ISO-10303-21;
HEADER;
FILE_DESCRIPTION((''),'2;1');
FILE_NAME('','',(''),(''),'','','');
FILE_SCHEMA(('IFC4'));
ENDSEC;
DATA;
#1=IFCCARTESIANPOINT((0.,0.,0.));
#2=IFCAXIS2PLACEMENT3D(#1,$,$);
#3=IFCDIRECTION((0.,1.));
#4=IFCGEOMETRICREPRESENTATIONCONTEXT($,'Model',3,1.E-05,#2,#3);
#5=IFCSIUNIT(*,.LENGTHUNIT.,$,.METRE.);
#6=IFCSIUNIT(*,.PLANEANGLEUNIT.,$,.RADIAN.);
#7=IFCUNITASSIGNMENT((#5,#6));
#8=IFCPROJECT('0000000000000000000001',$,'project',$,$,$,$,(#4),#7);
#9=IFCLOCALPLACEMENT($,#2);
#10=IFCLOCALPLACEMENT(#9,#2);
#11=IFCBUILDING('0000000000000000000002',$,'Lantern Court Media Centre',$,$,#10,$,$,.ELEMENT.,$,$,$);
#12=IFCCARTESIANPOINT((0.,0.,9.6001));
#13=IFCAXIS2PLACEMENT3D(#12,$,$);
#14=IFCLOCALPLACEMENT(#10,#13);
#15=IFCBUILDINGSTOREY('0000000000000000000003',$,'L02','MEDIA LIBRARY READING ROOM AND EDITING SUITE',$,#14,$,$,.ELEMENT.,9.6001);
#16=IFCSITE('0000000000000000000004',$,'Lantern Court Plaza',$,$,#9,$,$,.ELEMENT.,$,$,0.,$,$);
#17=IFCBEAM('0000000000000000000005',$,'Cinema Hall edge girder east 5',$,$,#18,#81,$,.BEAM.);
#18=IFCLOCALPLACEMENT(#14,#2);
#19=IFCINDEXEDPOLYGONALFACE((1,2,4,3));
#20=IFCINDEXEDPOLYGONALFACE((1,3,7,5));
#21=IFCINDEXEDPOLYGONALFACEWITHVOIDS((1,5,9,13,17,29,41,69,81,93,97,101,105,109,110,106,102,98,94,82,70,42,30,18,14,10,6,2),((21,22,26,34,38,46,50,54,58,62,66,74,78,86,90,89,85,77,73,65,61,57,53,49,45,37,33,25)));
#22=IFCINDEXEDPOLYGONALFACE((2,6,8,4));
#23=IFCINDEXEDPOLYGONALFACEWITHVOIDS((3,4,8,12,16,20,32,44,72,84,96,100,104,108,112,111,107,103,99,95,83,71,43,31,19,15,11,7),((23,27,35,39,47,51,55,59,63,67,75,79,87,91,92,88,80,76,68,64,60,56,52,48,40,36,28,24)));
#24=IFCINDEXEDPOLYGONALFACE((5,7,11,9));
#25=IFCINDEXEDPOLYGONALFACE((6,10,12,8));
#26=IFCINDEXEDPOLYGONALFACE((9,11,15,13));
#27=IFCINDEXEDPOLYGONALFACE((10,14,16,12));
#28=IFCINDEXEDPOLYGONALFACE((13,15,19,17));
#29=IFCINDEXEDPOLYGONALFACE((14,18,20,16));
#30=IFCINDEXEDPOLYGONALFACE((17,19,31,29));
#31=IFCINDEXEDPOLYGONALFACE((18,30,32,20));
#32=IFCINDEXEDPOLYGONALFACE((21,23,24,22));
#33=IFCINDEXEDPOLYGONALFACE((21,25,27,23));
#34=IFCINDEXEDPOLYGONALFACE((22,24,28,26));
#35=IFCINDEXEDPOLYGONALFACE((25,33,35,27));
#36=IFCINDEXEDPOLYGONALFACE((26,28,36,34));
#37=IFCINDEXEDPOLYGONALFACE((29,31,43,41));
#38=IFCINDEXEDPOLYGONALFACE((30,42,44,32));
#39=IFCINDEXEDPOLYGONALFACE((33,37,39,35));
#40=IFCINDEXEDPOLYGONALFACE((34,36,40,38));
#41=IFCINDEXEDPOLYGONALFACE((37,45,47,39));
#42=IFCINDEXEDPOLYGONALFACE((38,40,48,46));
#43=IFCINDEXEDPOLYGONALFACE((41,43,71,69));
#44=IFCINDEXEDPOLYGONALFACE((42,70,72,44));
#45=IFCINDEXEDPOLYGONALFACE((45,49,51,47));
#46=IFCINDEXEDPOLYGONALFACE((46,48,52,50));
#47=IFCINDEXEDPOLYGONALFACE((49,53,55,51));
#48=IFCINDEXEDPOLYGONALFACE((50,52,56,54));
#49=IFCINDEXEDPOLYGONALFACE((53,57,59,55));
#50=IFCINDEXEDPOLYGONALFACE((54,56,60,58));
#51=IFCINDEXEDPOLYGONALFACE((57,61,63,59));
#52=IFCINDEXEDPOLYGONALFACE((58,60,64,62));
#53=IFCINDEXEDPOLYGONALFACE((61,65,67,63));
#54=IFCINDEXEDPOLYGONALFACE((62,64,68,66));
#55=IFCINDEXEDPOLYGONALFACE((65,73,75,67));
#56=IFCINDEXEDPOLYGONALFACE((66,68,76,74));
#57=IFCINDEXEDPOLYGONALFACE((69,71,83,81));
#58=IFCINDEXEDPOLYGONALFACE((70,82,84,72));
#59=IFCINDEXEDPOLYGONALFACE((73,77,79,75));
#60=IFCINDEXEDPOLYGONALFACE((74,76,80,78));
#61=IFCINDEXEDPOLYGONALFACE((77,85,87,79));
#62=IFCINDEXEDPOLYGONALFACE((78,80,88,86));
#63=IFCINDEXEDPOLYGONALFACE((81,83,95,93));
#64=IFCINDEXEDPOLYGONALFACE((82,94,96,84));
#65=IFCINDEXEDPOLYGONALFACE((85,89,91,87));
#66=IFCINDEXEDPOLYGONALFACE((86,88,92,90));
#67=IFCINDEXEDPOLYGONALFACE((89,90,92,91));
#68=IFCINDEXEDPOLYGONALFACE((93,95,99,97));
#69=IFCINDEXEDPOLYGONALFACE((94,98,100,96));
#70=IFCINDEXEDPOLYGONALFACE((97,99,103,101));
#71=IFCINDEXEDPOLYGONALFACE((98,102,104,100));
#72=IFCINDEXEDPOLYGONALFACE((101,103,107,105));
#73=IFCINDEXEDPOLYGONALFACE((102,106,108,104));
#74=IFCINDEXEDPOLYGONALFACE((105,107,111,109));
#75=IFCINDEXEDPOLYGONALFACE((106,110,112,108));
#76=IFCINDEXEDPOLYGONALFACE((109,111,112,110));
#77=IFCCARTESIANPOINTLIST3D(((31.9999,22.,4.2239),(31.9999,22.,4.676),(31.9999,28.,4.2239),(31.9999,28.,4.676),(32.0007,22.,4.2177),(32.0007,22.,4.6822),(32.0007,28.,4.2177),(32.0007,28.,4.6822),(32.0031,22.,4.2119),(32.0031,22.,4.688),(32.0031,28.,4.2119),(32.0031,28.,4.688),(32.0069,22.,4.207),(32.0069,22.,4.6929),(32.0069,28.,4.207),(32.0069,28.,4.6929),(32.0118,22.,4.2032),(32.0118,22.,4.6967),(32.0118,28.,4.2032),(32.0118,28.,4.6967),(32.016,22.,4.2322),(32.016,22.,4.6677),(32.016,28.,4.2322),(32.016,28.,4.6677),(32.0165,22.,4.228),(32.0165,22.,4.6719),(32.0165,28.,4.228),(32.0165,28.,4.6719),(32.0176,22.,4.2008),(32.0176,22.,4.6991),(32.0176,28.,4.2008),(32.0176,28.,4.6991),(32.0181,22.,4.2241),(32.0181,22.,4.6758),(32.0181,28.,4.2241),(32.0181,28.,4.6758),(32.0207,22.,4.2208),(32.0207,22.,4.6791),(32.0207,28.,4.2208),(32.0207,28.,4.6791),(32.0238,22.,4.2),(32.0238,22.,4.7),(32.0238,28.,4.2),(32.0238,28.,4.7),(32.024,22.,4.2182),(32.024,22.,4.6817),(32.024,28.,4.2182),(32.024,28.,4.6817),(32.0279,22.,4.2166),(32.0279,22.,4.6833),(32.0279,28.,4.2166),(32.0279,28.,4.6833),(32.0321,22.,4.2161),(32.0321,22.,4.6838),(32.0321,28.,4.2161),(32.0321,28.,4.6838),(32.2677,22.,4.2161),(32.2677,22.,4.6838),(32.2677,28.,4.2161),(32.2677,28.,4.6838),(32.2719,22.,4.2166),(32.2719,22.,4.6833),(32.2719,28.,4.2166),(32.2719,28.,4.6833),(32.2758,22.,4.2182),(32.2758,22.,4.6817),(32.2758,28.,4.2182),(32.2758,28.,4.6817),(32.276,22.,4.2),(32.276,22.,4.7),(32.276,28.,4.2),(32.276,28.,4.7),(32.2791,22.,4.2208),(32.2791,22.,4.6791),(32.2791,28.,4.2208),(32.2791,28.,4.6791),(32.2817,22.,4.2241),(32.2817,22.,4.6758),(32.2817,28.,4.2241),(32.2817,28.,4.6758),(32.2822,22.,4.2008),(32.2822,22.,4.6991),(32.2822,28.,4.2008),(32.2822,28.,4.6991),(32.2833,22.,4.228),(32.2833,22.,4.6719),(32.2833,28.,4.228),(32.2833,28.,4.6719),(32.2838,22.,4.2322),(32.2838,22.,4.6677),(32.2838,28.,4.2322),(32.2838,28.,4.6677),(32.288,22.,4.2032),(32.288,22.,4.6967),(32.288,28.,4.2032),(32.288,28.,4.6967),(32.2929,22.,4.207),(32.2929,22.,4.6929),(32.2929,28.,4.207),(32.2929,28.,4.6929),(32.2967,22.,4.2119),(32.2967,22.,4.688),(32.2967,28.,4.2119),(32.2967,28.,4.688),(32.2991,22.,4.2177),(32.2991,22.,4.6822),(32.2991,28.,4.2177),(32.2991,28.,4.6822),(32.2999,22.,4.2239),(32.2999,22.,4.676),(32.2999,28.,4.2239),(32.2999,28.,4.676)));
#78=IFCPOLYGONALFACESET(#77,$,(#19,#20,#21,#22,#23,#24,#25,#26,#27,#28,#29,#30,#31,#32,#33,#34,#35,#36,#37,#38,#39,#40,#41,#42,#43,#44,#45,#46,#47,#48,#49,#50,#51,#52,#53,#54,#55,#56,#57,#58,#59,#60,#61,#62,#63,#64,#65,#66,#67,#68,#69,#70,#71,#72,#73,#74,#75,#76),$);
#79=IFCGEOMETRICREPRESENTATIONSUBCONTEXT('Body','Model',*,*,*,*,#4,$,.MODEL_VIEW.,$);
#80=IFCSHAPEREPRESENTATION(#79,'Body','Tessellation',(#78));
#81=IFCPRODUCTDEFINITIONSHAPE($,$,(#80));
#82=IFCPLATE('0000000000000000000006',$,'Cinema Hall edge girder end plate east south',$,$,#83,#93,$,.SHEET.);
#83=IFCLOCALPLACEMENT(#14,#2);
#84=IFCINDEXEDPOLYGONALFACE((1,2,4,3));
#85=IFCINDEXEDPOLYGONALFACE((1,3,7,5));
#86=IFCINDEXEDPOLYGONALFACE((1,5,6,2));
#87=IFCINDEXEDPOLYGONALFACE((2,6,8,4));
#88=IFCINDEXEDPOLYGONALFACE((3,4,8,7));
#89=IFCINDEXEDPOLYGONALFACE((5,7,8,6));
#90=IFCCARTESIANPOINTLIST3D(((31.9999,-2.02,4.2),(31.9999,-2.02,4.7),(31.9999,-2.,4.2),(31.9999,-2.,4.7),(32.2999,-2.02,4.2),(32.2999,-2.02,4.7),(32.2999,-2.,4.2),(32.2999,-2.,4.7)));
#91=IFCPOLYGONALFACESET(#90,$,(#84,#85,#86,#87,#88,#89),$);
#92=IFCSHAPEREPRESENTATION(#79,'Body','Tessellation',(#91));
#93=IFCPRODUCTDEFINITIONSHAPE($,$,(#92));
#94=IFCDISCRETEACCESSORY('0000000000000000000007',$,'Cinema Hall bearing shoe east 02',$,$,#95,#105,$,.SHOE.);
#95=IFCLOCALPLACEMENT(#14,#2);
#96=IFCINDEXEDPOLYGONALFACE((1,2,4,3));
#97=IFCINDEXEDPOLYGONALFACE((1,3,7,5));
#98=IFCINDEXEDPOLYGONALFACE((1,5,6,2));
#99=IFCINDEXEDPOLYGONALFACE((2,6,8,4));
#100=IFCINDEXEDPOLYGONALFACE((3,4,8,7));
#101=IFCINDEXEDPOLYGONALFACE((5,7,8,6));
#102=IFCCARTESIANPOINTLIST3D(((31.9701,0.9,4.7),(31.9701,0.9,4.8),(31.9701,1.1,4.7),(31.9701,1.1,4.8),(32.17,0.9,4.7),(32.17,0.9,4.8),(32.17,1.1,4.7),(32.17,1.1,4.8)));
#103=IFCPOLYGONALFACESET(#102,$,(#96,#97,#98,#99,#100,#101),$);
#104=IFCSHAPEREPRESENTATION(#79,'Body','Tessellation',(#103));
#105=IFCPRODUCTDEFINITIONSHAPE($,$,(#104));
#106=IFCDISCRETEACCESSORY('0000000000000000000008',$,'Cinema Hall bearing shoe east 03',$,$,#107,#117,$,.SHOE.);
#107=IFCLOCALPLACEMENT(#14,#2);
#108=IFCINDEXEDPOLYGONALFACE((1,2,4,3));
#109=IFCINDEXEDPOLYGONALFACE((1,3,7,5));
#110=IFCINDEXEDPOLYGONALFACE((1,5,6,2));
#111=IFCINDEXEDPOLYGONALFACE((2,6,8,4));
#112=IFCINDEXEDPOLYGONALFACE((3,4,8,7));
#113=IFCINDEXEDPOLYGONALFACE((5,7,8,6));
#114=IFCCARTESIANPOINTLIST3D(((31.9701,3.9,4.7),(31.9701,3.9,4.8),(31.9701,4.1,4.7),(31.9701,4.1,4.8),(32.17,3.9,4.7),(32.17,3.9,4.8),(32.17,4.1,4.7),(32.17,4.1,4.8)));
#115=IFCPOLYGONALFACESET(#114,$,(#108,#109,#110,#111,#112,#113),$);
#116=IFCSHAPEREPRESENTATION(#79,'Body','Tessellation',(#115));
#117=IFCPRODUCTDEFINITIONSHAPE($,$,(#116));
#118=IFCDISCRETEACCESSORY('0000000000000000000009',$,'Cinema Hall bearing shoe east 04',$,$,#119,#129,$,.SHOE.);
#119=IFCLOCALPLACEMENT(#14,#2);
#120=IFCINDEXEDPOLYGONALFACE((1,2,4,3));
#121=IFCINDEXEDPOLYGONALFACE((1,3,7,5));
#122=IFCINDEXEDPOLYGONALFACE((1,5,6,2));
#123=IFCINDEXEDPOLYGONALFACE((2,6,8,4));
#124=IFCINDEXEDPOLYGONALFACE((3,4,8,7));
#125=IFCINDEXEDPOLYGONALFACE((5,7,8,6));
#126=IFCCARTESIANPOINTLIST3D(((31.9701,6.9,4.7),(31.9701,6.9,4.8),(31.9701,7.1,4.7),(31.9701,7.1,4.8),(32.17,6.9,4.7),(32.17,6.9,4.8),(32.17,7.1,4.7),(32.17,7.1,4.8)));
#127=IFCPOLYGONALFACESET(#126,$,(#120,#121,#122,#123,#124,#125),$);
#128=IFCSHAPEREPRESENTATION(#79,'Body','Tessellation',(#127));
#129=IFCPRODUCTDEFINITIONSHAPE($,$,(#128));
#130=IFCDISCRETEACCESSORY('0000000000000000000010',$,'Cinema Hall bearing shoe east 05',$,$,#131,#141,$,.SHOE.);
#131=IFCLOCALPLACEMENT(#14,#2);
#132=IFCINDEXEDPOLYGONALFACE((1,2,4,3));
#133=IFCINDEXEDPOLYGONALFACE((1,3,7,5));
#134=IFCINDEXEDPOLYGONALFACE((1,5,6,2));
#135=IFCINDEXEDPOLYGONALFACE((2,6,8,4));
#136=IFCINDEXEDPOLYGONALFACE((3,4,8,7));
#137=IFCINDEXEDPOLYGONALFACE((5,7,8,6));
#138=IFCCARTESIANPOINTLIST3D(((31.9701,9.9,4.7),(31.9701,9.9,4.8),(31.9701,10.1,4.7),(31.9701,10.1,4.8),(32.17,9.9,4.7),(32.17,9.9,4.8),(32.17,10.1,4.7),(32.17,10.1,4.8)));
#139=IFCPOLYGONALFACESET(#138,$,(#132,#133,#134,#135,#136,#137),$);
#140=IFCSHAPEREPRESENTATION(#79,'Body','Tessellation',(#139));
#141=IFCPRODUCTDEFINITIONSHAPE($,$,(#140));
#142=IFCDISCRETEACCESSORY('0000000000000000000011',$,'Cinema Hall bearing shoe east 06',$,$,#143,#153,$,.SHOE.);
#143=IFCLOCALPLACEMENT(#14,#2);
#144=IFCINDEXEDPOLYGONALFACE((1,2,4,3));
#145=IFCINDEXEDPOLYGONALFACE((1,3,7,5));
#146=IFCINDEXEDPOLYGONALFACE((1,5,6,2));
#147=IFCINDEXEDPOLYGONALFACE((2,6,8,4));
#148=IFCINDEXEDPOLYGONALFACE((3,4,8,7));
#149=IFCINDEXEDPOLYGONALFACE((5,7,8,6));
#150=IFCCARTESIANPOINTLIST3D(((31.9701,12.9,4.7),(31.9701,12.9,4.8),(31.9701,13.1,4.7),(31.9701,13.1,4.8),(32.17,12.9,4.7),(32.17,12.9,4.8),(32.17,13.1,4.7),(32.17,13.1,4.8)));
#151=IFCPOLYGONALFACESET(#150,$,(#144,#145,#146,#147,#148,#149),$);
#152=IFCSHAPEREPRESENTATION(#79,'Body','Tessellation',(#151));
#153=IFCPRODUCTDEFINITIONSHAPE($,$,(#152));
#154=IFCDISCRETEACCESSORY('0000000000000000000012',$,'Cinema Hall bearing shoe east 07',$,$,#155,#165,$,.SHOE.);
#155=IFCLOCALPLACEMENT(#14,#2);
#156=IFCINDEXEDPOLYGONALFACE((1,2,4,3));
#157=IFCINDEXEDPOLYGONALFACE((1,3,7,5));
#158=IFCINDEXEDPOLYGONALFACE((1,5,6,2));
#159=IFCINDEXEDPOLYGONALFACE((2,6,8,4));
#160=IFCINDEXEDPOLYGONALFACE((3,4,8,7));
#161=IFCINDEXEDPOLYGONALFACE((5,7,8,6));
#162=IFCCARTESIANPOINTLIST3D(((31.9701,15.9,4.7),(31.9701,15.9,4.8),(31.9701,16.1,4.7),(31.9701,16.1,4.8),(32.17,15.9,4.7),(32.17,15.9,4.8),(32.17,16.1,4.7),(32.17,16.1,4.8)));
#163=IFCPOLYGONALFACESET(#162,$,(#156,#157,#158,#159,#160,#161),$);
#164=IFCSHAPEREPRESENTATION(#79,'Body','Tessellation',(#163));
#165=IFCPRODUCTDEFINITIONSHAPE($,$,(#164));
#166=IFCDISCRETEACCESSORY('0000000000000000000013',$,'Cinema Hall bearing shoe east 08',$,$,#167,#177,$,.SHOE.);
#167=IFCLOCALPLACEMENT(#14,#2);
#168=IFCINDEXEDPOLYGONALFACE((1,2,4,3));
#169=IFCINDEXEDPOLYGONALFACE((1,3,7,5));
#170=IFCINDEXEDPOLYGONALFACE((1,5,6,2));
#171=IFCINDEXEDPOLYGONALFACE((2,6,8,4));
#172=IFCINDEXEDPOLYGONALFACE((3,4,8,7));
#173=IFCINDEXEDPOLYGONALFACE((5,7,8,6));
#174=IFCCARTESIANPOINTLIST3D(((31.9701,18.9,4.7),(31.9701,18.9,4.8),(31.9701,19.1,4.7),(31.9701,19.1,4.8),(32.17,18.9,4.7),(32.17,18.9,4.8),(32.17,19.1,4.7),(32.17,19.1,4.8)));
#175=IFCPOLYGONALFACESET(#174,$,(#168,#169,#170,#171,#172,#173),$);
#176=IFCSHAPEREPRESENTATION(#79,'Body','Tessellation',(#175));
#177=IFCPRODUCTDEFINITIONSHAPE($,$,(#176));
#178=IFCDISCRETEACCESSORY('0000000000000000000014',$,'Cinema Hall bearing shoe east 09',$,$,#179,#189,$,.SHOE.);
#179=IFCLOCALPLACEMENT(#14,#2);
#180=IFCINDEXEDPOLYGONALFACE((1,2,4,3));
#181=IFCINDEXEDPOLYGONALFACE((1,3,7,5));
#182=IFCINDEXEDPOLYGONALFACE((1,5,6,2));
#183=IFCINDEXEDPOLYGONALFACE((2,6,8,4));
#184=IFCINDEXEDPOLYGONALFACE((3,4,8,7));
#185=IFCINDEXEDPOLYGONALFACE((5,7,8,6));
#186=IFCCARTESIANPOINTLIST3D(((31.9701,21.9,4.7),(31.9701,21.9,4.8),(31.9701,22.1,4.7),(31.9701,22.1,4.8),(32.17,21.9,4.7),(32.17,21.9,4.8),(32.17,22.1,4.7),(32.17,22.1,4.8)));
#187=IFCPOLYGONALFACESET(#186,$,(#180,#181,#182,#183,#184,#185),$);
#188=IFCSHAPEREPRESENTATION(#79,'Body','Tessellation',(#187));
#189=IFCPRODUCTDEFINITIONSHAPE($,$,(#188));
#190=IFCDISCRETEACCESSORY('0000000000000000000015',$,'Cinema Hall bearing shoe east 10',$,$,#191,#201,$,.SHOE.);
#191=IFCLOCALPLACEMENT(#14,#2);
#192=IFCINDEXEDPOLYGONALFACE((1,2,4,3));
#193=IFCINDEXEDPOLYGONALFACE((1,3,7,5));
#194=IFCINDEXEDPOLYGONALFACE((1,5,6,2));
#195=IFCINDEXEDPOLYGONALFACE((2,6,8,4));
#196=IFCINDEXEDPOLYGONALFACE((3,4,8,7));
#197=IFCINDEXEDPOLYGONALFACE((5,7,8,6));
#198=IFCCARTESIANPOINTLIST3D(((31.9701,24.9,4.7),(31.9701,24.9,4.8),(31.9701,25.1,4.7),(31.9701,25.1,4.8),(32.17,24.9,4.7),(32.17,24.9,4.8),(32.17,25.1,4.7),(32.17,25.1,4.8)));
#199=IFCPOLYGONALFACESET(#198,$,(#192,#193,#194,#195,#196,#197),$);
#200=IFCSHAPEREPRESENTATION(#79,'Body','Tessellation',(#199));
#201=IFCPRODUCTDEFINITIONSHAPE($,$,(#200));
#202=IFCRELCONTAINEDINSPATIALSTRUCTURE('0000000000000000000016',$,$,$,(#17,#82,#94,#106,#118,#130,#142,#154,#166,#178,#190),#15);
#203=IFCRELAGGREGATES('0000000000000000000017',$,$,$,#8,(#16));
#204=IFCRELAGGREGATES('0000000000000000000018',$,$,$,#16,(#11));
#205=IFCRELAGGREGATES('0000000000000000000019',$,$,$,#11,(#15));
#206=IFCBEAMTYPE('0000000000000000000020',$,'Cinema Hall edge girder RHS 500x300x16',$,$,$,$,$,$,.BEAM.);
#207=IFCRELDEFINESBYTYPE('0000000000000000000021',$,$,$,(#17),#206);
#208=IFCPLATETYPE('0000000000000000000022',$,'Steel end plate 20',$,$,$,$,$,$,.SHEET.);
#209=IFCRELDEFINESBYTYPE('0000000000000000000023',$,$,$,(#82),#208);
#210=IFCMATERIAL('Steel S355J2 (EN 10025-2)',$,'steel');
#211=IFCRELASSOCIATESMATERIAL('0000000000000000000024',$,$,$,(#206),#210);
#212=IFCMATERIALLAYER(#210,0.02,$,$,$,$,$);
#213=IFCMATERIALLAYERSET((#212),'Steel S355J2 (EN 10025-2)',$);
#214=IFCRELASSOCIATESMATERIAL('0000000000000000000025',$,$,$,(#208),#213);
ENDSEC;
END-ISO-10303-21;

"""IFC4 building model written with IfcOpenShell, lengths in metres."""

from ifc_helpers import new_model, si_unit, direction, frame, origin, origin_2d, place, context, subcontext, project, spatial, rectangle, hollow_rectangle, extrude, material, layer, layer_set, material_profile, profile_set, type_object, element, save


model = new_model("IFC4")

# Units and contexts
model_context = context("Model", 3, precision=1e-05, world=origin(), true_north=direction((0.0, 1.0)))
body_context = subcontext(model_context, "Body", "Model", "MODEL_VIEW")
ifc_project = project(units=[si_unit("LENGTHUNIT", "METRE"), si_unit("PLANEANGLEUNIT", "RADIAN")], contexts=[model_context])

# Site, building, storey
site_placement = place(None, origin())
site = spatial("IfcSite", under=ifc_project, at=site_placement, Name="Lantern Court Plaza", CompositionType="ELEMENT", RefElevation=0.0)
building_placement = place(site_placement, origin())
building = spatial("IfcBuilding", under=site, at=building_placement, Name="Lantern Court Media Centre", CompositionType="ELEMENT")
storey_placement = place(building_placement, frame((0.0, 0.0, 9.6001)))
storey = spatial("IfcBuildingStorey", under=building, at=storey_placement, Name="L02", Description="MEDIA LIBRARY READING ROOM AND EDITING SUITE", CompositionType="ELEMENT", Elevation=9.6001)

# Shared definitions
ifc_material = material(Name="Steel S355J2 (EN 10025-2)", Category="steel")

# Beam
ifc_material_profile_1 = material_profile(ifc_material, hollow_rectangle(XDim=0.3, YDim=0.5, WallThickness=0.0161, InnerFilletRadius=0.0161, OuterFilletRadius=0.0239, at=origin_2d()), Name="Cinema Hall edge girder RHS 500x300x16")
ifc_profile_set_1 = profile_set([ifc_material_profile_1], Name="Steel S355J2 (EN 10025-2)")
beam_type = type_object("IfcBeamType", Name="Cinema Hall edge girder RHS 500x300x16", PredefinedType="BEAM", material=ifc_profile_set_1)
for number, where, z_axis, x_axis, name in (
    (1, (32.1499, 22.0, 4.45), (0.0, 1.0, 0.0), (-1.0, 0.0, 0.0), "Cinema Hall edge girder east 5"),
):
    element("IfcBeam", number, at=place(storey_placement, frame(where, z_axis=z_axis, x_axis=x_axis)), inside=storey, type_object=beam_type, Name=name, PredefinedType="BEAM", context=body_context, shape_type="SweptSolid", body=[
        extrude(hollow_rectangle(XDim=0.3, YDim=0.5, WallThickness=0.0161, InnerFilletRadius=0.0161, OuterFilletRadius=0.0239, at=origin_2d()), origin(), (0.0, 0.0, 1.0), 6.0),
    ])

# Plate
ifc_layer = layer(ifc_material, 0.02)
ifc_layer_set = layer_set([ifc_layer], Name="Steel S355J2 (EN 10025-2)")
plate_type = type_object("IfcPlateType", Name="Steel end plate 20", PredefinedType="SHEET", material=ifc_layer_set)
plate_placement = place(storey_placement, frame((32.1499, -2.01, 4.2), z_axis=(0.0, 0.0, 1.0), x_axis=(1.0, 0.0, 0.0)))
element("IfcPlate", 2, at=plate_placement, inside=storey, type_object=plate_type, Name="Cinema Hall edge girder end plate east south", PredefinedType="SHEET", context=body_context, shape_type="SweptSolid", body=[
    extrude(rectangle(XDim=0.3, YDim=0.02, at=origin_2d()), origin(), (0.0, 0.0, 1.0), 0.5),
])

# Discrete accessories
for number, where, z_axis, x_axis, name in (
    (3, (32.0701, 1.0, 4.7), (0.0, 0.0, 1.0), (1.0, 0.0, 0.0), "Cinema Hall bearing shoe east 02"),
    (4, (32.0701, 4.0, 4.7), (0.0, 0.0, 1.0), (1.0, 0.0, 0.0), "Cinema Hall bearing shoe east 03"),
    (5, (32.0701, 7.0, 4.7), (0.0, 0.0, 1.0), (1.0, 0.0, 0.0), "Cinema Hall bearing shoe east 04"),
    (6, (32.0701, 10.0, 4.7), (0.0, 0.0, 1.0), (1.0, 0.0, 0.0), "Cinema Hall bearing shoe east 05"),
    (7, (32.0701, 13.0, 4.7), (0.0, 0.0, 1.0), (1.0, 0.0, 0.0), "Cinema Hall bearing shoe east 06"),
    (8, (32.0701, 16.0, 4.7), (0.0, 0.0, 1.0), (1.0, 0.0, 0.0), "Cinema Hall bearing shoe east 07"),
    (9, (32.0701, 19.0, 4.7), (0.0, 0.0, 1.0), (1.0, 0.0, 0.0), "Cinema Hall bearing shoe east 08"),
    (10, (32.0701, 22.0, 4.7), (0.0, 0.0, 1.0), (1.0, 0.0, 0.0), "Cinema Hall bearing shoe east 09"),
    (11, (32.0701, 25.0, 4.7), (0.0, 0.0, 1.0), (1.0, 0.0, 0.0), "Cinema Hall bearing shoe east 10"),
):
    element("IfcDiscreteAccessory", number, at=place(storey_placement, frame(where, z_axis=z_axis, x_axis=x_axis)), inside=storey, Name=name, PredefinedType="SHOE", context=body_context, shape_type="SweptSolid", body=[
        extrude(rectangle(XDim=0.2, YDim=0.2, at=origin_2d()), origin(), (0.0, 0.0, 1.0), 0.1001),
    ])

save(model, "model.ifc")
